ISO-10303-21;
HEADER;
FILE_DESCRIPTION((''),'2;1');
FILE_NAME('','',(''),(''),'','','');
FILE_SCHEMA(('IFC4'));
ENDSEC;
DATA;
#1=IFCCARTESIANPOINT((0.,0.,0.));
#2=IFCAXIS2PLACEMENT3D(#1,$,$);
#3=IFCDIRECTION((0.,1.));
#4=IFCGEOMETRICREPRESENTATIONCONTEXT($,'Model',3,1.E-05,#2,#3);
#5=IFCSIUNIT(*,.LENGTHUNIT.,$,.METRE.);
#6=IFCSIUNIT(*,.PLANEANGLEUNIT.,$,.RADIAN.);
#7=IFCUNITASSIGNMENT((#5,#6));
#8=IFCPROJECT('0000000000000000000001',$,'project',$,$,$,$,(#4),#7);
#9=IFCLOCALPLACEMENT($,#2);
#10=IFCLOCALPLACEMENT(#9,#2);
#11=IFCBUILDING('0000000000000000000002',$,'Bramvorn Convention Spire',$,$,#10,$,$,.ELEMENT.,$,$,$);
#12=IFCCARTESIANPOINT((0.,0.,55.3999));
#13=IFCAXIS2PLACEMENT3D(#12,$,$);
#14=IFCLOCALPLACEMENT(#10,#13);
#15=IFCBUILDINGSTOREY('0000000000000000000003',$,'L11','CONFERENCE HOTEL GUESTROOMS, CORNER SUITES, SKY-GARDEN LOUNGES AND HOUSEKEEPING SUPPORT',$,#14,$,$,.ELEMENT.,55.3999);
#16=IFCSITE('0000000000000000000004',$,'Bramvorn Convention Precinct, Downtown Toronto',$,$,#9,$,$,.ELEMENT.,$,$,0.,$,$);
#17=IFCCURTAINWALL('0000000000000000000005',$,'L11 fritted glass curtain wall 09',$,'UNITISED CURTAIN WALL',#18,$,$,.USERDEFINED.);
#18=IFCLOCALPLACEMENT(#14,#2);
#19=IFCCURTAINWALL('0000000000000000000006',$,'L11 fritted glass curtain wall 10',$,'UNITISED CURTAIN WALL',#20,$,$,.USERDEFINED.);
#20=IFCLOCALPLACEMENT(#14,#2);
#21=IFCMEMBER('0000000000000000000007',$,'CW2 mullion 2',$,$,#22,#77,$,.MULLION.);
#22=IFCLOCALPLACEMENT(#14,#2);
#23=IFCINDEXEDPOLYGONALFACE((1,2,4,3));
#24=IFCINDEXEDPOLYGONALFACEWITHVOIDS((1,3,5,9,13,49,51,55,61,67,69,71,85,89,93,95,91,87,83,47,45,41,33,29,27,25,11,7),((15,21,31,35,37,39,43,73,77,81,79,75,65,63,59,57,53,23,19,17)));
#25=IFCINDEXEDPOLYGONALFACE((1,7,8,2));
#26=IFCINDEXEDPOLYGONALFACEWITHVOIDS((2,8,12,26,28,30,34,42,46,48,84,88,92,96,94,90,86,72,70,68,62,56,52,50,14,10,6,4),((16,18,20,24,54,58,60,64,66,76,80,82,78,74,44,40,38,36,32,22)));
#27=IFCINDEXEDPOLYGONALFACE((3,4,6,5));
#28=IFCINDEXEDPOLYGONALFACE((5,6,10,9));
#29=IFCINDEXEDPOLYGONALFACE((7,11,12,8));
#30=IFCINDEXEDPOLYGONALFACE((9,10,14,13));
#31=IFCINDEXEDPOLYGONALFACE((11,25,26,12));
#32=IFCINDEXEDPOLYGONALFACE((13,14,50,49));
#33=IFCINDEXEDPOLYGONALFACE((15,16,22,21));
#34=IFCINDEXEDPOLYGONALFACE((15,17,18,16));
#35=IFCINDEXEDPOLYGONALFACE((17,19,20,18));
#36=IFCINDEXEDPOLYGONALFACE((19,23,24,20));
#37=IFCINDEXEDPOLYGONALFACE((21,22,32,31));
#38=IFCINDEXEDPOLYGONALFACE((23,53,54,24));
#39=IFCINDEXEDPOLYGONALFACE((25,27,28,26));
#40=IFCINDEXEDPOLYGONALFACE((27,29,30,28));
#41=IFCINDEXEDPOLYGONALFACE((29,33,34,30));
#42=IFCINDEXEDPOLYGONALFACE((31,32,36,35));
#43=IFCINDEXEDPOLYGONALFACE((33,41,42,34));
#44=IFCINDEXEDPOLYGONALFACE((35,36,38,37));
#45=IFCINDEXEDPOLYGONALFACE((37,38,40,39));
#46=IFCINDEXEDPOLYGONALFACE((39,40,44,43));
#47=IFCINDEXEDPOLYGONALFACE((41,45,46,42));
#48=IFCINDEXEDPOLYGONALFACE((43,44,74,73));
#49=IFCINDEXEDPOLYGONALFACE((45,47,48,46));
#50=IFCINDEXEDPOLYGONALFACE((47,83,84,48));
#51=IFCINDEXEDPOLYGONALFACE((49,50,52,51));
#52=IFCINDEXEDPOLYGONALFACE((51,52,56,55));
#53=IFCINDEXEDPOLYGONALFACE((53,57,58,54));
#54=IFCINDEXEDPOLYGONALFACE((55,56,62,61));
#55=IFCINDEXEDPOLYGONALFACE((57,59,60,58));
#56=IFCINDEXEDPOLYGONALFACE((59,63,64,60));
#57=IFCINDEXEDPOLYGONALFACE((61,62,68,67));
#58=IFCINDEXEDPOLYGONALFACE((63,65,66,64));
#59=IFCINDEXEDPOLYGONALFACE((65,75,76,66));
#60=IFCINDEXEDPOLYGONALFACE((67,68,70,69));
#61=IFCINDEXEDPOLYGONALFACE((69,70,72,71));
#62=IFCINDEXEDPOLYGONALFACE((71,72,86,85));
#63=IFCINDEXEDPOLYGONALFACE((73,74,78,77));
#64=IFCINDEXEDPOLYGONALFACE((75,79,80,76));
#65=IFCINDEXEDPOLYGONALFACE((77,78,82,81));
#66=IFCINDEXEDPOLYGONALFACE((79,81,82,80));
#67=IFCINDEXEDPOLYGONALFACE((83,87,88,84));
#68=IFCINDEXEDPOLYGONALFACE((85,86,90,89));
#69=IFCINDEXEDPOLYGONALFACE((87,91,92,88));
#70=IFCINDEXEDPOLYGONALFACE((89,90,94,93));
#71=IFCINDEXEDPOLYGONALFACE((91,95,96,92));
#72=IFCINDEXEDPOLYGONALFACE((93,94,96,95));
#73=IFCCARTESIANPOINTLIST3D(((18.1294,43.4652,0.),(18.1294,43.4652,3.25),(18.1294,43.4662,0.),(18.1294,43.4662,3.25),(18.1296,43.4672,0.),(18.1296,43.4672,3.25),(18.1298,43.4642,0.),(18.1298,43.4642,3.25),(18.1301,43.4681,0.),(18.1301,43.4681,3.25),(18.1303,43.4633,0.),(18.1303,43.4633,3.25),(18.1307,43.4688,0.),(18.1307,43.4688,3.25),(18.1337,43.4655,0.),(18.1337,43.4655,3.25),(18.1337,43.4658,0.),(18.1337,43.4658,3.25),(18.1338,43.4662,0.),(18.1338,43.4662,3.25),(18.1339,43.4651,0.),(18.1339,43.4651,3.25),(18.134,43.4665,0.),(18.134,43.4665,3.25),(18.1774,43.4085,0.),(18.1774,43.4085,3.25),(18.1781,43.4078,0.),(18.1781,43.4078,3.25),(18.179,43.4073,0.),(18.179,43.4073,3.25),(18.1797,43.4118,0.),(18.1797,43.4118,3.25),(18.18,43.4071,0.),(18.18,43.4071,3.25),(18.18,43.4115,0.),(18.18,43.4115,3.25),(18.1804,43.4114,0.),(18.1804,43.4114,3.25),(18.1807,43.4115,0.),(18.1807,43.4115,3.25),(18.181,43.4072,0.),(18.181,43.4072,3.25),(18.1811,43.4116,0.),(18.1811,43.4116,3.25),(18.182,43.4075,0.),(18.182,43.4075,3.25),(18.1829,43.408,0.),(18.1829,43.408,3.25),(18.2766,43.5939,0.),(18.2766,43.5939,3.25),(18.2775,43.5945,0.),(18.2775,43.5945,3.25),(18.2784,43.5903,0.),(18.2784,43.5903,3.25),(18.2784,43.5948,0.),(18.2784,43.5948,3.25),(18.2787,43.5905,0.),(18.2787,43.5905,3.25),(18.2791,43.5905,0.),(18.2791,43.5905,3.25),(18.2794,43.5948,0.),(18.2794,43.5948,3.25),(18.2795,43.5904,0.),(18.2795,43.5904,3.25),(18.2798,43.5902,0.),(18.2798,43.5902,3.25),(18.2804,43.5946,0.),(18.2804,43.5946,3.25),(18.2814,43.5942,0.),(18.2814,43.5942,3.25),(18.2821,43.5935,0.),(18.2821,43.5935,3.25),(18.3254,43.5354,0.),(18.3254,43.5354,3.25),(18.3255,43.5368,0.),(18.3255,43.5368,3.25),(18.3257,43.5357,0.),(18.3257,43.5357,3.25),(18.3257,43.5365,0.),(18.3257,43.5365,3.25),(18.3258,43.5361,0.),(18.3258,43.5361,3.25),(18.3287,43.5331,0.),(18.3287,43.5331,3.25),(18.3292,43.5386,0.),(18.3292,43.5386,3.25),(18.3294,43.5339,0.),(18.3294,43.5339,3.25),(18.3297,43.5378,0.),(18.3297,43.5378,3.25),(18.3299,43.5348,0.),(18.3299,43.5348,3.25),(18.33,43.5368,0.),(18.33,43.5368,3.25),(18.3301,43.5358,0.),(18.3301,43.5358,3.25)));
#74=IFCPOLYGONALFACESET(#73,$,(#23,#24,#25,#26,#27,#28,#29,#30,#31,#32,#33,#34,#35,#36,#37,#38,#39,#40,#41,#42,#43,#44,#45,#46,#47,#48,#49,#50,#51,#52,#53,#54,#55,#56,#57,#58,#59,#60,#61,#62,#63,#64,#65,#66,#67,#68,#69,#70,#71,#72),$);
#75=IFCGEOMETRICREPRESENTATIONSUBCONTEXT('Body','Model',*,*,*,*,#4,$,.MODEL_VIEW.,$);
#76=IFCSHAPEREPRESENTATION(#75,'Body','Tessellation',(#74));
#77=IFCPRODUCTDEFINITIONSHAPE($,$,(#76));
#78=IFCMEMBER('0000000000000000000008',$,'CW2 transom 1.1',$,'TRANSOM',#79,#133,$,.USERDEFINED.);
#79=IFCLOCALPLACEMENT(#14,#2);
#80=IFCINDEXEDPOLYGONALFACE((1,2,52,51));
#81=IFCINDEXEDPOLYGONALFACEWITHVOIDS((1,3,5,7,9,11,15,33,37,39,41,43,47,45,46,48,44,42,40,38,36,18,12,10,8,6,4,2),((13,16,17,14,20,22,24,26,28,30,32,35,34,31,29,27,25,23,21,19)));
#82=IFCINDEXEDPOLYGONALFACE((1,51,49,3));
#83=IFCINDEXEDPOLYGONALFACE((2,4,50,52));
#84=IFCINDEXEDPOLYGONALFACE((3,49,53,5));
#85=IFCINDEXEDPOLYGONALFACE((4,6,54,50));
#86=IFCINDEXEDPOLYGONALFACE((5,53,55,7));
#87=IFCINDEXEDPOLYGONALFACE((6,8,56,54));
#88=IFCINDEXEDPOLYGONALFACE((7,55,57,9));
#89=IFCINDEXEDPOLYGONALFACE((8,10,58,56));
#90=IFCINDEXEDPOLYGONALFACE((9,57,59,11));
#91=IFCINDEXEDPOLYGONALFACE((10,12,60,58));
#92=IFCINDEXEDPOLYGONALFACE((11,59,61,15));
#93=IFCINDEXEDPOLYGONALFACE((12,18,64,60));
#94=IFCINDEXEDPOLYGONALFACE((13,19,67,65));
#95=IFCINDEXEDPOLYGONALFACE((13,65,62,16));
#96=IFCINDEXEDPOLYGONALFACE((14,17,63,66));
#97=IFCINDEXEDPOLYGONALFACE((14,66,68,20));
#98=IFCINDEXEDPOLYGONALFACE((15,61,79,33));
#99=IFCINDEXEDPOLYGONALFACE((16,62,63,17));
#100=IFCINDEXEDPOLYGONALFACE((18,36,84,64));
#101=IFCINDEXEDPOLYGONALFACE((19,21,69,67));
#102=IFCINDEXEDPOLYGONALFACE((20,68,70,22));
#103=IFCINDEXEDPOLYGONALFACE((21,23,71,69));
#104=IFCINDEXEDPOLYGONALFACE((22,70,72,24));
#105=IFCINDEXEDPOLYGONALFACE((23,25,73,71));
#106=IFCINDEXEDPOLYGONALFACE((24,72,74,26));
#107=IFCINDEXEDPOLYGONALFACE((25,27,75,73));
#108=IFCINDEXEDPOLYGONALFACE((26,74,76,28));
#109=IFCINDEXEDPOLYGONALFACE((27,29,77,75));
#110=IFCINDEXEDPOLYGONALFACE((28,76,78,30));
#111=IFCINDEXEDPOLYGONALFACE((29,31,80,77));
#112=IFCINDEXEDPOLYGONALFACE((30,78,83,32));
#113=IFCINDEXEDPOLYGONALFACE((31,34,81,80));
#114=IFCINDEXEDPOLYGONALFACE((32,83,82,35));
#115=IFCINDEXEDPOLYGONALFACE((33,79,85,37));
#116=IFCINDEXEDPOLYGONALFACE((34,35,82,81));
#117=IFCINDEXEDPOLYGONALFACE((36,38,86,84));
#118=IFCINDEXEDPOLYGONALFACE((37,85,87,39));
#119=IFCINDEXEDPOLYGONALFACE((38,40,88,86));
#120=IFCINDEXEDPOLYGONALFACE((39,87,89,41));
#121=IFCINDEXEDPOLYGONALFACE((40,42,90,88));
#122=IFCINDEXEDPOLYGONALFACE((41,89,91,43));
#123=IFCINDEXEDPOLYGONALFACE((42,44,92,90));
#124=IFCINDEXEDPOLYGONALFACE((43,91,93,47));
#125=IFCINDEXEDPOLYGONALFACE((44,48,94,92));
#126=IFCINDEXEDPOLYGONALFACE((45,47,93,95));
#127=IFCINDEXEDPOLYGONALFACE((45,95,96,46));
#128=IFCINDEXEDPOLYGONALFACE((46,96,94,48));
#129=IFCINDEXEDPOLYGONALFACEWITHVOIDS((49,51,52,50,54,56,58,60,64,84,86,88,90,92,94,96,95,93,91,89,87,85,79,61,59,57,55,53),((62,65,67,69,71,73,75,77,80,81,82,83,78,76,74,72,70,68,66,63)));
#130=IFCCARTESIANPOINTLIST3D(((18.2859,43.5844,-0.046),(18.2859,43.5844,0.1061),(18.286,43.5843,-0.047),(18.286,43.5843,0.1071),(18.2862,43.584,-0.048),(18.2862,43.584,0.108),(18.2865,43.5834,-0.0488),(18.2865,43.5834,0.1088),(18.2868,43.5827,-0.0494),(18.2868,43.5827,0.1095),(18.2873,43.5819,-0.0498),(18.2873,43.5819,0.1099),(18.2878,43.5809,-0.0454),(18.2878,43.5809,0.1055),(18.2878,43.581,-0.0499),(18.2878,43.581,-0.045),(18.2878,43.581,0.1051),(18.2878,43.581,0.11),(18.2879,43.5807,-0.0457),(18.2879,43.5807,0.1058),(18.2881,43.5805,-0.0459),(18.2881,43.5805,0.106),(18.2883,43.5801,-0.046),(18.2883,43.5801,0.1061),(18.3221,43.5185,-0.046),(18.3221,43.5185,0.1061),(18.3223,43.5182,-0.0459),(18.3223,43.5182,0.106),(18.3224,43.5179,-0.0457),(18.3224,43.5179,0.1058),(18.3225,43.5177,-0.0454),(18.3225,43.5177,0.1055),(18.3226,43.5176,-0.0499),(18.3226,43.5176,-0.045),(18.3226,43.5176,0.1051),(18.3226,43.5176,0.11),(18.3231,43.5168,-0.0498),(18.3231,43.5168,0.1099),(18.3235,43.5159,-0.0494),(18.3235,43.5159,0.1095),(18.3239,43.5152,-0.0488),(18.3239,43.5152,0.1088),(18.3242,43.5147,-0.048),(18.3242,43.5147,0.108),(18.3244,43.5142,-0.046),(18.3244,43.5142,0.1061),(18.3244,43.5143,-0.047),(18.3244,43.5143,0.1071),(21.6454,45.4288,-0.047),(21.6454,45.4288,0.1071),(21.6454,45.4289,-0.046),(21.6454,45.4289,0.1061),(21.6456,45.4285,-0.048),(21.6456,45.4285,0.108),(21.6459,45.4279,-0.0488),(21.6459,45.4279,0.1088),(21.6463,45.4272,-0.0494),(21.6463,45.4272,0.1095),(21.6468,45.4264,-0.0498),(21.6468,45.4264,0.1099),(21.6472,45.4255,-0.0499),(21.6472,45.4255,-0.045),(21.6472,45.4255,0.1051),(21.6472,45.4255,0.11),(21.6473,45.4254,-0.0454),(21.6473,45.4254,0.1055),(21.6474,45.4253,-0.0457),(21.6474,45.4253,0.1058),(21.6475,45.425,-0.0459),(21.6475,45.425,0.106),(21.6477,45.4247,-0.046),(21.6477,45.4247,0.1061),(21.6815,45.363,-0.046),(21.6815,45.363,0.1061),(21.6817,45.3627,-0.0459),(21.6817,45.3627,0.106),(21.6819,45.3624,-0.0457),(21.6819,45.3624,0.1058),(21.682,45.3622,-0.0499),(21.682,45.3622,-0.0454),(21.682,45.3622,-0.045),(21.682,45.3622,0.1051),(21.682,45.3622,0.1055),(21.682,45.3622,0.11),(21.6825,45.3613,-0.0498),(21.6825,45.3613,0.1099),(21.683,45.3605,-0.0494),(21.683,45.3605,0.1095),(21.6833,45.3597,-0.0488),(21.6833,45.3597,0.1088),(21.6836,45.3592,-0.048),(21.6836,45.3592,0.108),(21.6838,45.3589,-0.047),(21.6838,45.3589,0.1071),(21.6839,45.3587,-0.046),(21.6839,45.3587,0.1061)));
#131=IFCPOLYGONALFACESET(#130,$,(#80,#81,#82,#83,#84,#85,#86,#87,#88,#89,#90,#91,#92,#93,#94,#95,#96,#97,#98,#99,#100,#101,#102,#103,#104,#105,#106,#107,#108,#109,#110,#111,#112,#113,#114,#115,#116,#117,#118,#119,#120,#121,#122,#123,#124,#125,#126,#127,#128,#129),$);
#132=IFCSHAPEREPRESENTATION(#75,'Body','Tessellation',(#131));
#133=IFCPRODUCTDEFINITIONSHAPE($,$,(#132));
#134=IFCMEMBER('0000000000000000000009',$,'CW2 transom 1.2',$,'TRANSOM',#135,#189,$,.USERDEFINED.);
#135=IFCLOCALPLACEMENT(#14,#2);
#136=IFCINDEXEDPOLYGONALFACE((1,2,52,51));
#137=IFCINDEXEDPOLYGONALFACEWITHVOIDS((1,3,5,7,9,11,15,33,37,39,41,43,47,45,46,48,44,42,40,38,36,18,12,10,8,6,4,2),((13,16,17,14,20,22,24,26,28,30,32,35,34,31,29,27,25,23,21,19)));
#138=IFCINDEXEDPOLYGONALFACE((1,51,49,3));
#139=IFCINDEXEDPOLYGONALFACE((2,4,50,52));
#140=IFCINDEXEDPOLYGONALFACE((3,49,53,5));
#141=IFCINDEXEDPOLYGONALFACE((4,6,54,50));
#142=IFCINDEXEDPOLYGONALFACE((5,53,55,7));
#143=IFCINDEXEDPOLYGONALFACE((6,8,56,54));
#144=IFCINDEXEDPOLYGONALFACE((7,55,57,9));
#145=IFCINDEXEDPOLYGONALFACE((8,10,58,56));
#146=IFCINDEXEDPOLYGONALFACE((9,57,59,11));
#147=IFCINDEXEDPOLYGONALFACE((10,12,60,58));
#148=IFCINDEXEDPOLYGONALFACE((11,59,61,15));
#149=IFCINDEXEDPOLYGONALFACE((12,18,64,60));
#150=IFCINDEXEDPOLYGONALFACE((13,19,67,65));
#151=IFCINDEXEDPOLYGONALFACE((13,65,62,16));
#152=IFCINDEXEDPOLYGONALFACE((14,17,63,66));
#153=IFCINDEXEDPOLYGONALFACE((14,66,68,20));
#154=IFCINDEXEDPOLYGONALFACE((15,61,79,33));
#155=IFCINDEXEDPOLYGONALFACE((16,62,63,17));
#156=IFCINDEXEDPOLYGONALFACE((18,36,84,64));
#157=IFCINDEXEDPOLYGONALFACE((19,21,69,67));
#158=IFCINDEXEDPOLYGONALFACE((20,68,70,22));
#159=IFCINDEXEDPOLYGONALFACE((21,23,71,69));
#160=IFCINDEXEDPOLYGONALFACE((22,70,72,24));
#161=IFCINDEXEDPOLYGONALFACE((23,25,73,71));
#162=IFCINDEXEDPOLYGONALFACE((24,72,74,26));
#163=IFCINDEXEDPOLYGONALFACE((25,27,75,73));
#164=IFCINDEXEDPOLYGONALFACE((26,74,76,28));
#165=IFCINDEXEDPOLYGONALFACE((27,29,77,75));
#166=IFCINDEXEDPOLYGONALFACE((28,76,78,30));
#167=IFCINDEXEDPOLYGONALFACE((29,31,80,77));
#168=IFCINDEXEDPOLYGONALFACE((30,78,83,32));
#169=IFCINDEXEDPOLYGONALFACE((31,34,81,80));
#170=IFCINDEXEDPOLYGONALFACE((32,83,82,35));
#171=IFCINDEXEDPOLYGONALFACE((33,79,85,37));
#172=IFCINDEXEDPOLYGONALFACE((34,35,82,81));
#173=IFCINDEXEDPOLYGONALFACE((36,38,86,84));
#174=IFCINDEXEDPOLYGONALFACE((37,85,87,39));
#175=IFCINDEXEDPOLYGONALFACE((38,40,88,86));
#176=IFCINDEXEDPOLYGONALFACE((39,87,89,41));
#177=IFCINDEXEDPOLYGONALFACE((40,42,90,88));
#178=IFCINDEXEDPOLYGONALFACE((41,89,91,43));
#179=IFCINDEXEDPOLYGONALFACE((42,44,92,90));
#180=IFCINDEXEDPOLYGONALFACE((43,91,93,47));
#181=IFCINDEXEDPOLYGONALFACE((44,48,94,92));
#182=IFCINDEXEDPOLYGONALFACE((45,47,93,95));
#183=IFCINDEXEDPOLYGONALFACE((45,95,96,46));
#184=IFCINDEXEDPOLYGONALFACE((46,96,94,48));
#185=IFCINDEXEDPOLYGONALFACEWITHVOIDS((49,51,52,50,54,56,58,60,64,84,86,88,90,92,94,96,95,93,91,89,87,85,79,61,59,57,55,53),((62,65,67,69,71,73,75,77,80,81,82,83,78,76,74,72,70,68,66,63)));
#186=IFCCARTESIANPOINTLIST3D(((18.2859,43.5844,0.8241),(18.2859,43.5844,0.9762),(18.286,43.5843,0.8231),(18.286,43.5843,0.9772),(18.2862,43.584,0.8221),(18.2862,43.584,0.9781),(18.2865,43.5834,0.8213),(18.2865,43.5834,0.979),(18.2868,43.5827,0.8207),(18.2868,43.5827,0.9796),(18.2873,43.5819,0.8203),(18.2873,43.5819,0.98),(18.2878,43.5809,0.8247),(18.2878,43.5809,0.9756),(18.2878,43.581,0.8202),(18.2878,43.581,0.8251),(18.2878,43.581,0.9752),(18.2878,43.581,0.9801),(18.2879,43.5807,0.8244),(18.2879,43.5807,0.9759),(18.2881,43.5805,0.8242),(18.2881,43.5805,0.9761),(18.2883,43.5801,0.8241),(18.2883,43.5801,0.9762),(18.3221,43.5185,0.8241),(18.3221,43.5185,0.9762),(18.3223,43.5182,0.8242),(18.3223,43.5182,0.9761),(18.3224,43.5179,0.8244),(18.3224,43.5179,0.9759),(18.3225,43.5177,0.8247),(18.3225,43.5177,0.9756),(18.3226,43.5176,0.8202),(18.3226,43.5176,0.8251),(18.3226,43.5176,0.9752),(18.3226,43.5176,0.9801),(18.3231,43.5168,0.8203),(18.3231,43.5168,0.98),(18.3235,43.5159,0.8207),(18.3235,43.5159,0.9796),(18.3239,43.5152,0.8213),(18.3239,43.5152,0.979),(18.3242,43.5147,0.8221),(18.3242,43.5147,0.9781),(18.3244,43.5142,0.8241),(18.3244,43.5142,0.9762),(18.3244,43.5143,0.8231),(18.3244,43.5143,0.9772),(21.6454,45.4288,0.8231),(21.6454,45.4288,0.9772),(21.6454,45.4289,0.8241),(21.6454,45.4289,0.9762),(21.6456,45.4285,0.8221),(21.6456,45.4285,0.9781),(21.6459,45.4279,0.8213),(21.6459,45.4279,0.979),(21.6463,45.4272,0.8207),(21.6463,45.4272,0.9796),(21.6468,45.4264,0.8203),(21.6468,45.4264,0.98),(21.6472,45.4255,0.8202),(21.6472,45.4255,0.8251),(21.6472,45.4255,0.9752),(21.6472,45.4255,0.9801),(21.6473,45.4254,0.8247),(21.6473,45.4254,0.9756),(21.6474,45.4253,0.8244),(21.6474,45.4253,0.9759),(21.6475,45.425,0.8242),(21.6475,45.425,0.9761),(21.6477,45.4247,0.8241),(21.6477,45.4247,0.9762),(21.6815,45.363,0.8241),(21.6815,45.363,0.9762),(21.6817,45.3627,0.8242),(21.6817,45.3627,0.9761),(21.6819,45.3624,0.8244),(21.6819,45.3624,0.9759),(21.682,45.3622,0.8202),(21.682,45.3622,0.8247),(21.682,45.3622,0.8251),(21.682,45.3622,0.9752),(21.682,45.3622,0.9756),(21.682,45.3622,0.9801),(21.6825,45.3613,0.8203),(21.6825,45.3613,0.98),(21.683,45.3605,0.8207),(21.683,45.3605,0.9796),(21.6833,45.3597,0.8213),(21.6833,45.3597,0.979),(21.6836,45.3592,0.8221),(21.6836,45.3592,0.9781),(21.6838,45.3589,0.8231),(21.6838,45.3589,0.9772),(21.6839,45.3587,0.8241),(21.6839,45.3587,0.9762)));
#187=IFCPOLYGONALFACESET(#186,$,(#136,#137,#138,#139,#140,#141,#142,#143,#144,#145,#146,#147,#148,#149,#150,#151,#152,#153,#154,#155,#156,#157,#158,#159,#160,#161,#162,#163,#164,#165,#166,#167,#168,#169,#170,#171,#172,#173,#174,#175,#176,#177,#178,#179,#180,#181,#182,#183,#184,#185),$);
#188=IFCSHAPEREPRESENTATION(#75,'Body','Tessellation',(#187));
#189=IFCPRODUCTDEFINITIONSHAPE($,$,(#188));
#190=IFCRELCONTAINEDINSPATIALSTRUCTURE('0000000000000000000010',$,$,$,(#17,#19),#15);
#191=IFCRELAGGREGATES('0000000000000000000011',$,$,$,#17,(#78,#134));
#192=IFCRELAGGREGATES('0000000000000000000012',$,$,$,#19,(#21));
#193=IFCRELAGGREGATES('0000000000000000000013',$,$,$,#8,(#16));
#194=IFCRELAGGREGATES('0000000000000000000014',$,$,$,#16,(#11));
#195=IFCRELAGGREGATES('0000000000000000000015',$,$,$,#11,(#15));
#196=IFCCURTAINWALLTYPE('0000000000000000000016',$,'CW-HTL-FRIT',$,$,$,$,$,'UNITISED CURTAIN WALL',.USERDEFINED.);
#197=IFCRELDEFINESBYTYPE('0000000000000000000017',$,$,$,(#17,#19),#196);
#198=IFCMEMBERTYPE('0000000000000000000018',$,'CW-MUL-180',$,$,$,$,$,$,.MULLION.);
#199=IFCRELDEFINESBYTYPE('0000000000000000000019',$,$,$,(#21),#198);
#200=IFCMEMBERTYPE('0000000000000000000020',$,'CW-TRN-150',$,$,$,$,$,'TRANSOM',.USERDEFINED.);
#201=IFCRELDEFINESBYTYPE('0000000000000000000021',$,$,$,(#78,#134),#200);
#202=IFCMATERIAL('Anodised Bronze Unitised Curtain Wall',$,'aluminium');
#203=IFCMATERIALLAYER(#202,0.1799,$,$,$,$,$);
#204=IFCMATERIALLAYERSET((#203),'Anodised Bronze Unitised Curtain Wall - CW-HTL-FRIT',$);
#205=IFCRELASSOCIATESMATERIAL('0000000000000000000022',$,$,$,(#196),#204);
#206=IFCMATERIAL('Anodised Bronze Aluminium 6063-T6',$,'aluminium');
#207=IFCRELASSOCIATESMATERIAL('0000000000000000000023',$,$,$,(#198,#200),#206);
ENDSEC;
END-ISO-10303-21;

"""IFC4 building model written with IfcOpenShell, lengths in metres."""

from ifc_helpers import new_model, si_unit, direction, frame, origin, origin_2d, place, context, subcontext, project, spatial, hollow_rectangle, extrude, material, layer, layer_set, material_profile, profile_set, type_object, element, aggregate, save


model = new_model("IFC4")

# Units and contexts
model_context = context("Model", 3, precision=1e-05, world=origin(), true_north=direction((0.0, 1.0)))
body_context = subcontext(model_context, "Body", "Model", "MODEL_VIEW")
ifc_project = project(units=[si_unit("LENGTHUNIT", "METRE"), si_unit("PLANEANGLEUNIT", "RADIAN")], contexts=[model_context])

# Site, building, storey
site_placement = place(None, origin())
site = spatial("IfcSite", under=ifc_project, at=site_placement, Name="Bramvorn Convention Precinct, Downtown Toronto", CompositionType="ELEMENT", RefElevation=0.0)
building_placement = place(site_placement, origin())
building = spatial("IfcBuilding", under=site, at=building_placement, Name="Bramvorn Convention Spire", CompositionType="ELEMENT")
storey_placement = place(building_placement, frame((0.0, 0.0, 55.3999)))
storey = spatial("IfcBuildingStorey", under=building, at=storey_placement, Name="L11", Description="CONFERENCE HOTEL GUESTROOMS, CORNER SUITES, SKY-GARDEN LOUNGES AND HOUSEKEEPING SUPPORT", CompositionType="ELEMENT", Elevation=55.3999)

# Curtain wall
ifc_material_1 = material(Name="Anodised Bronze Unitised Curtain Wall", Category="aluminium")
ifc_layer_1 = layer(ifc_material_1, 0.1799)
ifc_layer_set_1 = layer_set([ifc_layer_1], Name="Anodised Bronze Unitised Curtain Wall - CW-HTL-FRIT")
curtain_wall_type = type_object("IfcCurtainWallType", Name="CW-HTL-FRIT", ElementType="UNITISED CURTAIN WALL", PredefinedType="USERDEFINED", material=ifc_layer_set_1)
curtain_wall_1_placement = place(storey_placement, origin())
curtain_wall_1 = element("IfcCurtainWall", 1, at=curtain_wall_1_placement, inside=storey, type_object=curtain_wall_type, Name="L11 fritted glass curtain wall 09", ObjectType="UNITISED CURTAIN WALL", PredefinedType="USERDEFINED")
ifc_material_2 = material(Name="Anodised Bronze Aluminium 6063-T6", Category="aluminium")
ifc_material_profile_1 = material_profile(ifc_material_2, hollow_rectangle(XDim=0.0801, YDim=0.2, WallThickness=0.0039, InnerFilletRadius=0.001, OuterFilletRadius=0.0039, at=origin_2d()))
ifc_profile_set_1 = profile_set([ifc_material_profile_1], Name="Anodised Bronze Aluminium 6063-T6 - CWM80X200")
member_type_1 = type_object("IfcMemberType", Name="CW-MUL-180", PredefinedType="MULLION", material=ifc_profile_set_1)

# Curtain wall, member
curtain_wall_2_placement = place(storey_placement, origin())
curtain_wall_2 = element("IfcCurtainWall", 2, at=curtain_wall_2_placement, inside=storey, type_object=curtain_wall_type, Name="L11 fritted glass curtain wall 10", ObjectType="UNITISED CURTAIN WALL", PredefinedType="USERDEFINED")
member_1_placement = place(storey_placement, frame((18.2297, 43.501, 0.0), z_axis=(0.0, 0.0, 1.0), x_axis=(-0.650946, 0.759124, 0.0)))
member_1 = element("IfcMember", 3, at=member_1_placement, type_object=member_type_1, Name="CW2 mullion 2", PredefinedType="MULLION", context=body_context, shape_type="SweptSolid", body=[
    extrude(hollow_rectangle(XDim=0.0801, YDim=0.2, WallThickness=0.0039, InnerFilletRadius=0.001, OuterFilletRadius=0.0039, at=origin_2d()), origin(), (0.0, 0.0, 1.0), 3.25),
])

# Members
ifc_material_profile_2 = material_profile(ifc_material_2, hollow_rectangle(XDim=0.0801, YDim=0.1599, WallThickness=0.0039, InnerFilletRadius=0.001, OuterFilletRadius=0.0039, at=origin_2d()))
ifc_profile_set_2 = profile_set([ifc_material_profile_2], Name="Anodised Bronze Aluminium 6063-T6 - CWT80X160")
member_type_2 = type_object("IfcMemberType", Name="CW-TRN-150", ElementType="TRANSOM", PredefinedType="USERDEFINED", material=ifc_profile_set_2)
member_2_placement = place(storey_placement, frame((18.3052, 43.5493, 0.03), z_axis=(0.876565, 0.481283, 0.0), x_axis=(-0.481283, 0.876565, 0.0)))
member_2 = element("IfcMember", 4, at=member_2_placement, type_object=member_type_2, Name="CW2 transom 1.1", ObjectType="TRANSOM", PredefinedType="USERDEFINED", context=body_context, shape_type="SweptSolid", body=[
    extrude(hollow_rectangle(XDim=0.0801, YDim=0.1599, WallThickness=0.0039, InnerFilletRadius=0.001, OuterFilletRadius=0.0039, at=origin_2d()), origin(), (0.0, 0.0, 1.0), 3.8325),
])
member_3_placement = place(storey_placement, frame((18.3052, 43.5493, 0.9001), z_axis=(0.876565, 0.481283, 0.0), x_axis=(-0.481283, 0.876565, 0.0)))
member_3 = element("IfcMember", 5, at=member_3_placement, type_object=member_type_2, Name="CW2 transom 1.2", ObjectType="TRANSOM", PredefinedType="USERDEFINED", context=body_context, shape_type="SweptSolid", body=[
    extrude(hollow_rectangle(XDim=0.0801, YDim=0.1599, WallThickness=0.0039, InnerFilletRadius=0.001, OuterFilletRadius=0.0039, at=origin_2d()), origin(), (0.0, 0.0, 1.0), 3.8325),
])

aggregate(curtain_wall_1, [member_2, member_3])
aggregate(curtain_wall_2, [member_1])

save(model, "model.ifc")
